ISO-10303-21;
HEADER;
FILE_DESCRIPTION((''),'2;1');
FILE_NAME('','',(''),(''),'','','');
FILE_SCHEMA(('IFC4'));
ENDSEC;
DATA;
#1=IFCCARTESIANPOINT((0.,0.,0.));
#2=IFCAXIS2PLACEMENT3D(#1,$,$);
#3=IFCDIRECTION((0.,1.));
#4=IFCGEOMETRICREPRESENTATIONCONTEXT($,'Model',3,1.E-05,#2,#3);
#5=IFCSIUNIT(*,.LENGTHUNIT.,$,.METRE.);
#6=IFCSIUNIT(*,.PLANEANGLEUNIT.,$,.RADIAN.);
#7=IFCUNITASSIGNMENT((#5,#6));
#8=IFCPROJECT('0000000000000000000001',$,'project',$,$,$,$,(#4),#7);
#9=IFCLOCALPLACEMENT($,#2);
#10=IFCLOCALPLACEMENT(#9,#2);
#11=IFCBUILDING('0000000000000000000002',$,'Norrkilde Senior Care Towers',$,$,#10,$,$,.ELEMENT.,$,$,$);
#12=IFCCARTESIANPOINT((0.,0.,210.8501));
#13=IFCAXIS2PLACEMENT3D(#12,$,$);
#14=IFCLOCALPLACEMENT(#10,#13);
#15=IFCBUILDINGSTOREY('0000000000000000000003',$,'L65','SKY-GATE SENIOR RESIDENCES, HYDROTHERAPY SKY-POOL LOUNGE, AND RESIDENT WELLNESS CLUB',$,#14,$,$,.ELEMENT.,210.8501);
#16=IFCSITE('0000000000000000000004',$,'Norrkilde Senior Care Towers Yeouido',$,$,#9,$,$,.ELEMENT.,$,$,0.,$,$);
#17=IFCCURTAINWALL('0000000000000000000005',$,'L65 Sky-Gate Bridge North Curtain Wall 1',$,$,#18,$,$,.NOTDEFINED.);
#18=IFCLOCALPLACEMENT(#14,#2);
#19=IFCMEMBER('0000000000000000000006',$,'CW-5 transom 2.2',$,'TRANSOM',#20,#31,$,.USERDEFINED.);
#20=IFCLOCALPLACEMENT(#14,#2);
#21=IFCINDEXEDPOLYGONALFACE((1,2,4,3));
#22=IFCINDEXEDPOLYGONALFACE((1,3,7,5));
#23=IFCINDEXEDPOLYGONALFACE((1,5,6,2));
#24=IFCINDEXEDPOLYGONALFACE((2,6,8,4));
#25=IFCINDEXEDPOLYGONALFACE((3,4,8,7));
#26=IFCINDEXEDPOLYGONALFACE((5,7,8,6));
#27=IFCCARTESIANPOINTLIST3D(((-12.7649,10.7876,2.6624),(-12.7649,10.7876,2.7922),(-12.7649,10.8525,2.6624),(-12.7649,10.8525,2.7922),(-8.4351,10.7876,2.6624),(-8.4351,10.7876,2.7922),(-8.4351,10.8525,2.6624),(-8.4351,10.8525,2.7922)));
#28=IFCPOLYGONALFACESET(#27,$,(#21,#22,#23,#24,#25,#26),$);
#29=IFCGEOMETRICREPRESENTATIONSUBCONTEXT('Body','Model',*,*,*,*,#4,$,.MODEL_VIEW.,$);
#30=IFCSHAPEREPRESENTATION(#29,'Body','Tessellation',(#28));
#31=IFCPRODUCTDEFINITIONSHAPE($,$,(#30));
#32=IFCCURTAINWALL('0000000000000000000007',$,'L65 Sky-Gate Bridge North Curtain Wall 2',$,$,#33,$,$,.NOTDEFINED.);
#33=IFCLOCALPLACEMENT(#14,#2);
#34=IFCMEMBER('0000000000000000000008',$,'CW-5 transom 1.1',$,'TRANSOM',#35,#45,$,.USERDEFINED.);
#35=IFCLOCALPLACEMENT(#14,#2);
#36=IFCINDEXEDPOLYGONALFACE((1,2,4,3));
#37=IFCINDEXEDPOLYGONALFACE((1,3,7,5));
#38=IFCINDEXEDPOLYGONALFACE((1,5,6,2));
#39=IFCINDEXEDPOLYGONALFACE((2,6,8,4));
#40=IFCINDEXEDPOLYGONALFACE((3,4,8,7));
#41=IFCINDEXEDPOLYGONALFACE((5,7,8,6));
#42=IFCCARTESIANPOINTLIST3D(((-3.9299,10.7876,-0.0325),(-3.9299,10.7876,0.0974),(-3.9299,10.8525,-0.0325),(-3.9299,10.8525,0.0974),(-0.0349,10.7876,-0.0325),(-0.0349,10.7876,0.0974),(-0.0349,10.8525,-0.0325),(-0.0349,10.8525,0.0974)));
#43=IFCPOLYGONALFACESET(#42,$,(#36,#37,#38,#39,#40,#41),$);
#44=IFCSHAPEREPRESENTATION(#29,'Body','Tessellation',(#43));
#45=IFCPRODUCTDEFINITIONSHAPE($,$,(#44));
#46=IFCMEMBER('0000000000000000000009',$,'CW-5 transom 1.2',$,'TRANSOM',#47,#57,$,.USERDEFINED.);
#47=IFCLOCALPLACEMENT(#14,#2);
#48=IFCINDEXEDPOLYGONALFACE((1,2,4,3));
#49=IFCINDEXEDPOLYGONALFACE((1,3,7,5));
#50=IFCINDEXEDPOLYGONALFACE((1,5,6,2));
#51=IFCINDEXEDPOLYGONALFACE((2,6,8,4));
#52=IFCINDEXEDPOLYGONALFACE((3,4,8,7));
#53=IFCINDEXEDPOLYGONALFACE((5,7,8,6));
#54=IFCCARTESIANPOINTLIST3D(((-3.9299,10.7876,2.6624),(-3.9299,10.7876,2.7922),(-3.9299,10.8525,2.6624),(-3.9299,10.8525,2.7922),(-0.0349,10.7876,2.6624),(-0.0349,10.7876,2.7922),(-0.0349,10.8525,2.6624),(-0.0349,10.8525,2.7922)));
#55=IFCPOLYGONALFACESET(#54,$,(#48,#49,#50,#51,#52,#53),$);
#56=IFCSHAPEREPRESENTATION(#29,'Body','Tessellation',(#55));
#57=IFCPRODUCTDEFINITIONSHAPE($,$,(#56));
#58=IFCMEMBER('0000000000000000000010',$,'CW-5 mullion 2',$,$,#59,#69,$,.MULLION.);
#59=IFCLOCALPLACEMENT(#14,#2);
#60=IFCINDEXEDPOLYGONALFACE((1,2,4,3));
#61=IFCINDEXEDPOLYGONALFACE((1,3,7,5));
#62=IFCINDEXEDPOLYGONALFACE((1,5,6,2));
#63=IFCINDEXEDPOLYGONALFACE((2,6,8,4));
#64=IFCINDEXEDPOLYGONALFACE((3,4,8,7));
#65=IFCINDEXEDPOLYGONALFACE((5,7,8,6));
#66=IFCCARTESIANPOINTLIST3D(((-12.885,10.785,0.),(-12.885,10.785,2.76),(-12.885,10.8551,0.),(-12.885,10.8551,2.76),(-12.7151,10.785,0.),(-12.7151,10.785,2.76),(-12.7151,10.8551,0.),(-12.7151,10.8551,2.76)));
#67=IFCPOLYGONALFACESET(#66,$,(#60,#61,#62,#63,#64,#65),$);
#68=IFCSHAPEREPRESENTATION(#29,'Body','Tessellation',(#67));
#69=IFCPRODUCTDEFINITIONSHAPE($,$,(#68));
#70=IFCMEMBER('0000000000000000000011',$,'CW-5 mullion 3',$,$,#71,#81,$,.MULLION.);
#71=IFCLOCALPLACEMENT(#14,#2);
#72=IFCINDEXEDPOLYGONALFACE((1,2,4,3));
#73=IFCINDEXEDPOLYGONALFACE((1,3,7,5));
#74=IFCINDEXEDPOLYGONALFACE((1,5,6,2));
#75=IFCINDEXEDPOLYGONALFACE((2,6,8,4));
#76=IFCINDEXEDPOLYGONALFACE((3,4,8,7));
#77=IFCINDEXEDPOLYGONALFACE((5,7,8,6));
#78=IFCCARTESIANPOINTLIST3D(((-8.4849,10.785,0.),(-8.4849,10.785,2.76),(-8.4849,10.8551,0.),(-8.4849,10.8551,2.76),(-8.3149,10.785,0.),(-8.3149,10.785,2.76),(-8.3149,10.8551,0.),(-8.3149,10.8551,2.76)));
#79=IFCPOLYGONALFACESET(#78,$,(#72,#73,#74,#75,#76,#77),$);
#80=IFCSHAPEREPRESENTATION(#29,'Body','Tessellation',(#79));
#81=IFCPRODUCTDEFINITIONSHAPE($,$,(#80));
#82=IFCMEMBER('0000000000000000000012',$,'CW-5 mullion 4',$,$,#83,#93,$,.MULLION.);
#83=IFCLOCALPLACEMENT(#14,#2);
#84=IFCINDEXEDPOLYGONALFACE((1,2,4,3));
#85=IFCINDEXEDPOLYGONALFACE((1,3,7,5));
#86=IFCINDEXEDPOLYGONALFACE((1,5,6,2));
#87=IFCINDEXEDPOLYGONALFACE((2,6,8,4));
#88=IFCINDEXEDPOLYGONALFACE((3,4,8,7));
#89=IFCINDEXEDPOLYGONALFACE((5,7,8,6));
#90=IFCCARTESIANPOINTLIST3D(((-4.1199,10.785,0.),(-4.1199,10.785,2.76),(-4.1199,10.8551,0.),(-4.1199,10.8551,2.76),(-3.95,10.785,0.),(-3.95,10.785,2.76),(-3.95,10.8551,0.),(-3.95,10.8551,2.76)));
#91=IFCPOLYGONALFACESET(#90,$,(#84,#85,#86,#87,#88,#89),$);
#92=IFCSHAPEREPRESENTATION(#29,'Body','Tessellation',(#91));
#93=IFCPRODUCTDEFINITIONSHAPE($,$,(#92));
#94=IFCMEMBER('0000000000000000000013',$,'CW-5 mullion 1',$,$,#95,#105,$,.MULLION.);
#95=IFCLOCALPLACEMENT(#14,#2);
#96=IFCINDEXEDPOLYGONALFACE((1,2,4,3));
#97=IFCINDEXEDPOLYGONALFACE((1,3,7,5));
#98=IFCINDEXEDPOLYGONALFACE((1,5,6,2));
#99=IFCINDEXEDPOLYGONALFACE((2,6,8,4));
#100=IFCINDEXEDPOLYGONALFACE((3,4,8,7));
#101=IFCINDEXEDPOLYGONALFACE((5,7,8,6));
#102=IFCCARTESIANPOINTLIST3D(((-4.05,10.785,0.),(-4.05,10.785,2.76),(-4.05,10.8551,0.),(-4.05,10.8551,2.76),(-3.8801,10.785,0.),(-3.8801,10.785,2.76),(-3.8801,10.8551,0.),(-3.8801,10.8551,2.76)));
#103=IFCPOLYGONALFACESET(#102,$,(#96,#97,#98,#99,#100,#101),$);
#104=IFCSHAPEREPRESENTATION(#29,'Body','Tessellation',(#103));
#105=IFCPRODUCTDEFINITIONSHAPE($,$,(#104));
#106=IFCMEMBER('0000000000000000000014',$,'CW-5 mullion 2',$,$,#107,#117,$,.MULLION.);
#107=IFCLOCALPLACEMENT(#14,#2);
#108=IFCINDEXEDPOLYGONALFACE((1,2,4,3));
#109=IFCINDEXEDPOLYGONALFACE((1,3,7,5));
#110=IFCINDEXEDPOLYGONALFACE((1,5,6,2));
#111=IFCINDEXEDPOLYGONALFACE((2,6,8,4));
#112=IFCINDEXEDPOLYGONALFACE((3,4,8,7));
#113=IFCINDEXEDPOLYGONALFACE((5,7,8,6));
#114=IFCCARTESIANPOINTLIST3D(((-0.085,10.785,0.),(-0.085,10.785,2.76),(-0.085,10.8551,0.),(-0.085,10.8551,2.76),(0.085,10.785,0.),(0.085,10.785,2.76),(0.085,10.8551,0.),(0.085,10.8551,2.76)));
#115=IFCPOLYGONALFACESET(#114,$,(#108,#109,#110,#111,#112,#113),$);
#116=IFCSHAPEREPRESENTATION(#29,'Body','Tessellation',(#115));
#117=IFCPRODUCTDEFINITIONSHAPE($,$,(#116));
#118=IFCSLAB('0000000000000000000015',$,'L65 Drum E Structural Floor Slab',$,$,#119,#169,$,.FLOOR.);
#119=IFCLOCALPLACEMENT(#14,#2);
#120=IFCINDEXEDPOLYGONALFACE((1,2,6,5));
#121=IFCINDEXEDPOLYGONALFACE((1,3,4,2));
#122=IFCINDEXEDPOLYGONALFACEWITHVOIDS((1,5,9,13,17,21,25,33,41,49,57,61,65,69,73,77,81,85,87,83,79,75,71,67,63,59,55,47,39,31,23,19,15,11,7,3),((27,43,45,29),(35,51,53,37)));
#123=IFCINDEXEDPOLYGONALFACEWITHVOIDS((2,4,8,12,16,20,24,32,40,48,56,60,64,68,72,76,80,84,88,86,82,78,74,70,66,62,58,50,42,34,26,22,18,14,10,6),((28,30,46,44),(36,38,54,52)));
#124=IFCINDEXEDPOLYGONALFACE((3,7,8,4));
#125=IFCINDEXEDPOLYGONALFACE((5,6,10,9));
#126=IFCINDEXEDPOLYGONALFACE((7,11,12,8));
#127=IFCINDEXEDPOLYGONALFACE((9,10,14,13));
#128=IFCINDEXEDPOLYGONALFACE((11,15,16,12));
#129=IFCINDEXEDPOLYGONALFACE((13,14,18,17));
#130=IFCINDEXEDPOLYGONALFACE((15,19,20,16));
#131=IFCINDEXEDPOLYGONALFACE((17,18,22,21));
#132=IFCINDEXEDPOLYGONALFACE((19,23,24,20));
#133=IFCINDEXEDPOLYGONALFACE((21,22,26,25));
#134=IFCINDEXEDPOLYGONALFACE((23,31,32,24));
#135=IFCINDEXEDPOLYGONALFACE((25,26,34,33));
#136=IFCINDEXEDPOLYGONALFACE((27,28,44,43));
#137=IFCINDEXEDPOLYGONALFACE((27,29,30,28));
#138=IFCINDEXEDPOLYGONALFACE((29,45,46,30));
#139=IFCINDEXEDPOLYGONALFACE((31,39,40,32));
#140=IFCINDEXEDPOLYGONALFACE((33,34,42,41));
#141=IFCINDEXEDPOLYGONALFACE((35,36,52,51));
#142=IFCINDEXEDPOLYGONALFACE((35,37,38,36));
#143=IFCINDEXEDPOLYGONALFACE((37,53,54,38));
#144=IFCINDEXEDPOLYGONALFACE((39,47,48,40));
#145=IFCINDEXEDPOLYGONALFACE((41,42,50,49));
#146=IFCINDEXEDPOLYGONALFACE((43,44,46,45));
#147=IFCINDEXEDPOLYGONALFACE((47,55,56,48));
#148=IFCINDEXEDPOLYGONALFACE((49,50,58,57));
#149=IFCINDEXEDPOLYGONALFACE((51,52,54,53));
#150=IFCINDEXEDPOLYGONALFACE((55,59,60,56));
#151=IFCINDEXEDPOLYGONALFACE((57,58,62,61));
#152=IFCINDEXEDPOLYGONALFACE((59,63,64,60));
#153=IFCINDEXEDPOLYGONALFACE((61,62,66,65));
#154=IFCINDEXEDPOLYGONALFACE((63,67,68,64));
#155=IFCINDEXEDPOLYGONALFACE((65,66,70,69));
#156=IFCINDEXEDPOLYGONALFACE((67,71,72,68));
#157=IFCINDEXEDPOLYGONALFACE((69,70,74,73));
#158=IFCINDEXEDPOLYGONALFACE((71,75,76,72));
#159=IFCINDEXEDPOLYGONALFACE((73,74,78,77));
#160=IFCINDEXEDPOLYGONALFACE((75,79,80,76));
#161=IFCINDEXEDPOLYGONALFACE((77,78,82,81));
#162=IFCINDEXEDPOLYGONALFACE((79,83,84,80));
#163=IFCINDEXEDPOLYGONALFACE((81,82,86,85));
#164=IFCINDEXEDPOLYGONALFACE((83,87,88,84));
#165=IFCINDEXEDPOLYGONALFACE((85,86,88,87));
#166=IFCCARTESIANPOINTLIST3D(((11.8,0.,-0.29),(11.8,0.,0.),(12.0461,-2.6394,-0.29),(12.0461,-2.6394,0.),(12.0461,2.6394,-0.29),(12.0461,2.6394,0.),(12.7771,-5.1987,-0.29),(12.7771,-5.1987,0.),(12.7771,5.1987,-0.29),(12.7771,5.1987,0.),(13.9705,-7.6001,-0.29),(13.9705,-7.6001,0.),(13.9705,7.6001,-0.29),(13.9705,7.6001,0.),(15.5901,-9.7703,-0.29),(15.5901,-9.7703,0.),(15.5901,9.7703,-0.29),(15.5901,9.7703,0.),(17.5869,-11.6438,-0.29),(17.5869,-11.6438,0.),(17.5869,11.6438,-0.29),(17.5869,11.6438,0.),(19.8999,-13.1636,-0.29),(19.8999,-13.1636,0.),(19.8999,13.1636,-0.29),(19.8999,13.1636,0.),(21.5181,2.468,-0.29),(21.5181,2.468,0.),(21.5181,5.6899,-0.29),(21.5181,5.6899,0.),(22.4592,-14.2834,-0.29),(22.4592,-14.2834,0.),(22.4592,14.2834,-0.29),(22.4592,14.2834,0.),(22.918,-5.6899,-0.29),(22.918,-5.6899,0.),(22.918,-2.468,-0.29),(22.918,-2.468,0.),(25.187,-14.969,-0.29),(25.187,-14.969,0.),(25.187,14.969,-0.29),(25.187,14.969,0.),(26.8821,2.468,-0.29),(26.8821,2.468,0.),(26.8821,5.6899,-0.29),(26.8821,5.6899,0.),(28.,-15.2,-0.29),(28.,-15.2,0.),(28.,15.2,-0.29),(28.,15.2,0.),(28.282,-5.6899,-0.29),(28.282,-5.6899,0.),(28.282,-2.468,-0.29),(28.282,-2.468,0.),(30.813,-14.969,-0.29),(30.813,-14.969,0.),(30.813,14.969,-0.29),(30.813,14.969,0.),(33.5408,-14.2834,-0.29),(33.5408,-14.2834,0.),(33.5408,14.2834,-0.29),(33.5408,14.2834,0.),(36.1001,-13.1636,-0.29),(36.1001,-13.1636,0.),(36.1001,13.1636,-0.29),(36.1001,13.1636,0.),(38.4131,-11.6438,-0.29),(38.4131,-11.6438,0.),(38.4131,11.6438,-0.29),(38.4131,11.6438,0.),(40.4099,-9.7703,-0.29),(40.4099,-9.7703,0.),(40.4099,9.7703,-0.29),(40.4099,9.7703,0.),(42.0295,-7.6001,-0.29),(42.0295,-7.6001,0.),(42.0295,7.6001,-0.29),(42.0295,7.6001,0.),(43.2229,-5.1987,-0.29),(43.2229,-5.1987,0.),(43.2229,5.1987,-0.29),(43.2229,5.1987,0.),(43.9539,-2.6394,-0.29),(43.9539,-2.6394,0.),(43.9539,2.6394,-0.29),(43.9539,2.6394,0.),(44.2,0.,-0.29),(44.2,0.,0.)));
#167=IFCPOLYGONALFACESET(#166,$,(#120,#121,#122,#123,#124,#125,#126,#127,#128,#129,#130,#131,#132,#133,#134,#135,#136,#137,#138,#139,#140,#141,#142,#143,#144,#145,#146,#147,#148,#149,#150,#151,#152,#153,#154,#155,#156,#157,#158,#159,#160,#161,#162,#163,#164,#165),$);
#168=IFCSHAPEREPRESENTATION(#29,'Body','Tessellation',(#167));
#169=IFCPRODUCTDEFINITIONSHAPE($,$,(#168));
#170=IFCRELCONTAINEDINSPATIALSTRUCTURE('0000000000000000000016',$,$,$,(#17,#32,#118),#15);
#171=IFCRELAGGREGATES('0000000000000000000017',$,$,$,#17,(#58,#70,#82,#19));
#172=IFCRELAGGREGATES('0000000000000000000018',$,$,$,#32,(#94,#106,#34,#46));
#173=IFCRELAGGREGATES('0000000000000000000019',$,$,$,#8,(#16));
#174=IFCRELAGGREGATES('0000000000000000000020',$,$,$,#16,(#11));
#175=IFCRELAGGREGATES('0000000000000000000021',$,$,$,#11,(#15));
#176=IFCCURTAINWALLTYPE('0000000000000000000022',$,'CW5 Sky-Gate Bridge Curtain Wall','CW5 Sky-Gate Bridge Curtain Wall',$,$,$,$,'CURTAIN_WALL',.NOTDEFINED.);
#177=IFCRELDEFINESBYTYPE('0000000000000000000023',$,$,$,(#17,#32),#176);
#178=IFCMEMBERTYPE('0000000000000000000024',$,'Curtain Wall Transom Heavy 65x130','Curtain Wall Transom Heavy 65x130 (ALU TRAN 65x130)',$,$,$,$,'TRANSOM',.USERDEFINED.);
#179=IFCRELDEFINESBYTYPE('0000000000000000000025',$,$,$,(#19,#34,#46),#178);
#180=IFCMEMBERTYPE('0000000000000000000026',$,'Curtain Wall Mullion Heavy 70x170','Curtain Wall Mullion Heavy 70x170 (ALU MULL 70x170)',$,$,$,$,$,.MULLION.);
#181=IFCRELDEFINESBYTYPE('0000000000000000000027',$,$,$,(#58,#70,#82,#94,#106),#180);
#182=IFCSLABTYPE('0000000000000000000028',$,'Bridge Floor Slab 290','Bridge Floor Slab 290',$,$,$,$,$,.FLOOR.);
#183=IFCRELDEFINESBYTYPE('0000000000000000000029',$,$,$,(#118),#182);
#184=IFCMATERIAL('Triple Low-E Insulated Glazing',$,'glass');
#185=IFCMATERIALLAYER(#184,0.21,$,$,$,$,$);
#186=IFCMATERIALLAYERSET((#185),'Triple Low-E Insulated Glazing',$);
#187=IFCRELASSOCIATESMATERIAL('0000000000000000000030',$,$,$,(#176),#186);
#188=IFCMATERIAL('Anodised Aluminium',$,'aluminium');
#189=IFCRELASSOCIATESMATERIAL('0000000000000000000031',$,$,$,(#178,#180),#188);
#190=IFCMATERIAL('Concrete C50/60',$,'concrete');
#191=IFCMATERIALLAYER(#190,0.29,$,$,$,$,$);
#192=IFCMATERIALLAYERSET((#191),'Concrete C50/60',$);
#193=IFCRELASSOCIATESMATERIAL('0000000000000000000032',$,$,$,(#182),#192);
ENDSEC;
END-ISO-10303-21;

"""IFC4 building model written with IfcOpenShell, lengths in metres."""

from ifc_helpers import new_model, si_unit, direction, frame, origin, origin_2d, place, context, subcontext, project, spatial, polyline, rectangle, outline, extrude, source, transform, mapped, material, layer, layer_set, material_profile, profile_set, type_object, type_shapes, element, aggregate, save


model = new_model("IFC4")

# Units and contexts
model_context = context("Model", 3, precision=1e-05, world=origin(), true_north=direction((0.0, 1.0)))
body_context = subcontext(model_context, "Body", "Model", "MODEL_VIEW")
ifc_project = project(units=[si_unit("LENGTHUNIT", "METRE"), si_unit("PLANEANGLEUNIT", "RADIAN")], contexts=[model_context])

# Site, building, storey
site_placement = place(None, origin())
site = spatial("IfcSite", under=ifc_project, at=site_placement, Name="Norrkilde Senior Care Towers Yeouido", CompositionType="ELEMENT", RefElevation=0.0)
building_placement = place(site_placement, origin())
building = spatial("IfcBuilding", under=site, at=building_placement, Name="Norrkilde Senior Care Towers", CompositionType="ELEMENT")
storey_placement = place(building_placement, frame((0.0, 0.0, 210.8501)))
storey = spatial("IfcBuildingStorey", under=building, at=storey_placement, Name="L65", Description="SKY-GATE SENIOR RESIDENCES, HYDROTHERAPY SKY-POOL LOUNGE, AND RESIDENT WELLNESS CLUB", CompositionType="ELEMENT", Elevation=210.8501)

# Shared definitions
ifc_material_1 = material(Name="Concrete C50/60", Category="concrete")

# Curtain walls, members
ifc_material_2 = material(Name="Triple Low-E Insulated Glazing", Category="glass")
ifc_layer_1 = layer(ifc_material_2, 0.21)
ifc_layer_set_1 = layer_set([ifc_layer_1], Name="Triple Low-E Insulated Glazing")
curtain_wall_type = type_object("IfcCurtainWallType", Name="CW5 Sky-Gate Bridge Curtain Wall", Description="CW5 Sky-Gate Bridge Curtain Wall", ElementType="CURTAIN_WALL", PredefinedType="NOTDEFINED", material=ifc_layer_set_1)
curtain_wall_1_placement = place(storey_placement, origin())
curtain_wall_1 = element("IfcCurtainWall", 1, at=curtain_wall_1_placement, inside=storey, type_object=curtain_wall_type, Name="L65 Sky-Gate Bridge North Curtain Wall 1", PredefinedType="NOTDEFINED")
ifc_material_3 = material(Name="Anodised Aluminium", Category="aluminium")
ifc_material_profile_1 = material_profile(ifc_material_3, rectangle(XDim=0.0649, YDim=0.1299, at=origin_2d()), Name="ALU TRAN 65x130")
ifc_profile_set_1 = profile_set([ifc_material_profile_1], Name="Anodised Aluminium")
member_type_1 = type_object("IfcMemberType", Name="Curtain Wall Transom Heavy 65x130", Description="Curtain Wall Transom Heavy 65x130 (ALU TRAN 65x130)", ElementType="TRANSOM", PredefinedType="USERDEFINED", material=ifc_profile_set_1)
shared_shape_1 = source(origin(), body_context, "Body", "SweptSolid", [
    extrude(rectangle(XDim=0.0649, YDim=0.1299, at=origin_2d()), origin(), (0.0, 0.0, 1.0), 4.3298),
])
member_1_placement = place(storey_placement, frame((-12.7649, 10.8201, 2.7273), z_axis=(1.0, 0.0, 0.0), x_axis=(0.0, 1.0, 0.0)))
member_1 = element("IfcMember", 2, at=member_1_placement, type_object=member_type_1, Name="CW-5 transom 2.2", ObjectType="TRANSOM", PredefinedType="USERDEFINED", context=body_context, shape_type="MappedRepresentation", body=[
    mapped(shared_shape_1, transform((0.0, 0.0, 0.0), x_axis=(1.0, 0.0, 0.0), y_axis=(0.0, 1.0, 0.0), z_axis=(0.0, 0.0, 1.0), scale=1.0)),
])
curtain_wall_2_placement = place(storey_placement, origin())
curtain_wall_2 = element("IfcCurtainWall", 3, at=curtain_wall_2_placement, inside=storey, type_object=curtain_wall_type, Name="L65 Sky-Gate Bridge North Curtain Wall 2", PredefinedType="NOTDEFINED")
shared_shape_2 = source(origin(), body_context, "Body", "SweptSolid", [
    extrude(rectangle(XDim=0.0649, YDim=0.1299, at=origin_2d()), origin(), (0.0, 0.0, 1.0), 3.895),
])
member_2_placement = place(storey_placement, frame((-3.9299, 10.8201, 0.0325), z_axis=(1.0, 0.0, 0.0), x_axis=(0.0, 1.0, 0.0)))
member_2 = element("IfcMember", 4, at=member_2_placement, type_object=member_type_1, Name="CW-5 transom 1.1", ObjectType="TRANSOM", PredefinedType="USERDEFINED", context=body_context, shape_type="MappedRepresentation", body=[
    mapped(shared_shape_2, transform((0.0, 0.0, 0.0), x_axis=(1.0, 0.0, 0.0), y_axis=(0.0, 1.0, 0.0), z_axis=(0.0, 0.0, 1.0), scale=1.0)),
])
member_3_placement = place(storey_placement, frame((-3.9299, 10.8201, 2.7273), z_axis=(1.0, 0.0, 0.0), x_axis=(0.0, 1.0, 0.0)))
member_3 = element("IfcMember", 5, at=member_3_placement, type_object=member_type_1, Name="CW-5 transom 1.2", ObjectType="TRANSOM", PredefinedType="USERDEFINED", context=body_context, shape_type="MappedRepresentation", body=[
    mapped(shared_shape_2, transform((0.0, 0.0, 0.0), x_axis=(1.0, 0.0, 0.0), y_axis=(0.0, 1.0, 0.0), z_axis=(0.0, 0.0, 1.0), scale=1.0)),
])

# Members
ifc_material_profile_2 = material_profile(ifc_material_3, rectangle(XDim=0.0701, YDim=0.1699, at=origin_2d()), Name="ALU MULL 70x170")
ifc_profile_set_2 = profile_set([ifc_material_profile_2], Name="Anodised Aluminium")
member_type_2 = type_object("IfcMemberType", Name="Curtain Wall Mullion Heavy 70x170", Description="Curtain Wall Mullion Heavy 70x170 (ALU MULL 70x170)", PredefinedType="MULLION", material=ifc_profile_set_2)
shared_shape_3 = source(origin(), body_context, "Body", "SweptSolid", [
    extrude(rectangle(XDim=0.0701, YDim=0.1699, at=origin_2d()), origin(), (0.0, 0.0, 1.0), 2.76),
])
type_shapes(member_type_2, [shared_shape_3])
member_4_placement = place(storey_placement, frame((-12.8, 10.8201, 0.0), z_axis=(0.0, 0.0, 1.0), x_axis=(0.0, 1.0, 0.0)))
member_4 = element("IfcMember", 6, at=member_4_placement, type_object=member_type_2, Name="CW-5 mullion 2", PredefinedType="MULLION", context=body_context, shape_type="MappedRepresentation", body=[
    mapped(shared_shape_3, transform((0.0, 0.0, 0.0), x_axis=(1.0, 0.0, 0.0), y_axis=(0.0, 1.0, 0.0), z_axis=(0.0, 0.0, 1.0), scale=1.0)),
])
member_5_placement = place(storey_placement, frame((-8.3999, 10.8201, 0.0), z_axis=(0.0, 0.0, 1.0), x_axis=(0.0, 1.0, 0.0)))
member_5 = element("IfcMember", 7, at=member_5_placement, type_object=member_type_2, Name="CW-5 mullion 3", PredefinedType="MULLION", context=body_context, shape_type="MappedRepresentation", body=[
    mapped(shared_shape_3, transform((0.0, 0.0, 0.0), x_axis=(1.0, 0.0, 0.0), y_axis=(0.0, 1.0, 0.0), z_axis=(0.0, 0.0, 1.0), scale=1.0)),
])
member_6_placement = place(storey_placement, frame((-4.0349, 10.8201, 0.0), z_axis=(0.0, 0.0, 1.0), x_axis=(0.0, 1.0, 0.0)))
member_6 = element("IfcMember", 8, at=member_6_placement, type_object=member_type_2, Name="CW-5 mullion 4", PredefinedType="MULLION", context=body_context, shape_type="MappedRepresentation", body=[
    mapped(shared_shape_3, transform((0.0, 0.0, 0.0), x_axis=(1.0, 0.0, 0.0), y_axis=(0.0, 1.0, 0.0), z_axis=(0.0, 0.0, 1.0), scale=1.0)),
])
member_7_placement = place(storey_placement, frame((-3.9651, 10.8201, 0.0), z_axis=(0.0, 0.0, 1.0), x_axis=(0.0, 1.0, 0.0)))
member_7 = element("IfcMember", 9, at=member_7_placement, type_object=member_type_2, Name="CW-5 mullion 1", PredefinedType="MULLION", context=body_context, shape_type="MappedRepresentation", body=[
    mapped(shared_shape_3, transform((0.0, 0.0, 0.0), x_axis=(1.0, 0.0, 0.0), y_axis=(0.0, 1.0, 0.0), z_axis=(0.0, 0.0, 1.0), scale=1.0)),
])
member_8_placement = place(storey_placement, frame((0.0, 10.8201, 0.0), z_axis=(0.0, 0.0, 1.0), x_axis=(0.0, 1.0, 0.0)))
member_8 = element("IfcMember", 10, at=member_8_placement, type_object=member_type_2, Name="CW-5 mullion 2", PredefinedType="MULLION", context=body_context, shape_type="MappedRepresentation", body=[
    mapped(shared_shape_3, transform((0.0, 0.0, 0.0), x_axis=(1.0, 0.0, 0.0), y_axis=(0.0, 1.0, 0.0), z_axis=(0.0, 0.0, 1.0), scale=1.0)),
])

# Slab
ifc_layer_2 = layer(ifc_material_1, 0.29)
ifc_layer_set_2 = layer_set([ifc_layer_2], Name="Concrete C50/60")
slab_type_1 = type_object("IfcSlabType", Name="Bridge Floor Slab 290", Description="Bridge Floor Slab 290", PredefinedType="FLOOR", material=ifc_layer_set_2)
slab_1_placement = place(storey_placement, frame((0.0, 0.0, -0.29)))
element("IfcSlab", 11, at=slab_1_placement, inside=storey, type_object=slab_type_1, Name="L65 Drum E Structural Floor Slab", PredefinedType="FLOOR", context=body_context, shape_type="SweptSolid", body=[
    extrude(outline(polyline([(43.2229, -5.1987), (42.0295, -7.6001), (40.4099, -9.7703), (38.4131, -11.6438), (36.1001, -13.1636), (33.5408, -14.2834), (30.813, -14.969), (28.0, -15.2), (25.187, -14.969), (22.4592, -14.2834), (19.8999, -13.1636), (17.5869, -11.6438), (15.5901, -9.7703), (13.9705, -7.6001), (12.7771, -5.1987), (12.0461, -2.6394), (11.8, 0.0), (12.0461, 2.6394), (12.7771, 5.1987), (13.9705, 7.6001), (15.5901, 9.7703), (17.5869, 11.6438), (19.8999, 13.1636), (22.4592, 14.2834), (25.187, 14.969), (28.0, 15.2), (30.813, 14.969), (33.5408, 14.2834), (36.1001, 13.1636), (38.4131, 11.6438), (40.4099, 9.7703), (42.0295, 7.6001), (43.2229, 5.1987), (43.9539, 2.6394), (44.2, 0.0), (43.9539, -2.6394), (43.2229, -5.1987)]), holes=[polyline([(21.5181, 2.468), (26.8821, 2.468), (26.8821, 5.6899), (21.5181, 5.6899), (21.5181, 2.468)]), polyline([(28.282, -5.6899), (28.282, -2.468), (22.918, -2.468), (22.918, -5.6899), (28.282, -5.6899)])]), origin(), (0.0, 0.0, 1.0), 0.29),
])

aggregate(curtain_wall_1, [member_4, member_5, member_6, member_1])
aggregate(curtain_wall_2, [member_7, member_8, member_2, member_3])

save(model, "model.ifc")
